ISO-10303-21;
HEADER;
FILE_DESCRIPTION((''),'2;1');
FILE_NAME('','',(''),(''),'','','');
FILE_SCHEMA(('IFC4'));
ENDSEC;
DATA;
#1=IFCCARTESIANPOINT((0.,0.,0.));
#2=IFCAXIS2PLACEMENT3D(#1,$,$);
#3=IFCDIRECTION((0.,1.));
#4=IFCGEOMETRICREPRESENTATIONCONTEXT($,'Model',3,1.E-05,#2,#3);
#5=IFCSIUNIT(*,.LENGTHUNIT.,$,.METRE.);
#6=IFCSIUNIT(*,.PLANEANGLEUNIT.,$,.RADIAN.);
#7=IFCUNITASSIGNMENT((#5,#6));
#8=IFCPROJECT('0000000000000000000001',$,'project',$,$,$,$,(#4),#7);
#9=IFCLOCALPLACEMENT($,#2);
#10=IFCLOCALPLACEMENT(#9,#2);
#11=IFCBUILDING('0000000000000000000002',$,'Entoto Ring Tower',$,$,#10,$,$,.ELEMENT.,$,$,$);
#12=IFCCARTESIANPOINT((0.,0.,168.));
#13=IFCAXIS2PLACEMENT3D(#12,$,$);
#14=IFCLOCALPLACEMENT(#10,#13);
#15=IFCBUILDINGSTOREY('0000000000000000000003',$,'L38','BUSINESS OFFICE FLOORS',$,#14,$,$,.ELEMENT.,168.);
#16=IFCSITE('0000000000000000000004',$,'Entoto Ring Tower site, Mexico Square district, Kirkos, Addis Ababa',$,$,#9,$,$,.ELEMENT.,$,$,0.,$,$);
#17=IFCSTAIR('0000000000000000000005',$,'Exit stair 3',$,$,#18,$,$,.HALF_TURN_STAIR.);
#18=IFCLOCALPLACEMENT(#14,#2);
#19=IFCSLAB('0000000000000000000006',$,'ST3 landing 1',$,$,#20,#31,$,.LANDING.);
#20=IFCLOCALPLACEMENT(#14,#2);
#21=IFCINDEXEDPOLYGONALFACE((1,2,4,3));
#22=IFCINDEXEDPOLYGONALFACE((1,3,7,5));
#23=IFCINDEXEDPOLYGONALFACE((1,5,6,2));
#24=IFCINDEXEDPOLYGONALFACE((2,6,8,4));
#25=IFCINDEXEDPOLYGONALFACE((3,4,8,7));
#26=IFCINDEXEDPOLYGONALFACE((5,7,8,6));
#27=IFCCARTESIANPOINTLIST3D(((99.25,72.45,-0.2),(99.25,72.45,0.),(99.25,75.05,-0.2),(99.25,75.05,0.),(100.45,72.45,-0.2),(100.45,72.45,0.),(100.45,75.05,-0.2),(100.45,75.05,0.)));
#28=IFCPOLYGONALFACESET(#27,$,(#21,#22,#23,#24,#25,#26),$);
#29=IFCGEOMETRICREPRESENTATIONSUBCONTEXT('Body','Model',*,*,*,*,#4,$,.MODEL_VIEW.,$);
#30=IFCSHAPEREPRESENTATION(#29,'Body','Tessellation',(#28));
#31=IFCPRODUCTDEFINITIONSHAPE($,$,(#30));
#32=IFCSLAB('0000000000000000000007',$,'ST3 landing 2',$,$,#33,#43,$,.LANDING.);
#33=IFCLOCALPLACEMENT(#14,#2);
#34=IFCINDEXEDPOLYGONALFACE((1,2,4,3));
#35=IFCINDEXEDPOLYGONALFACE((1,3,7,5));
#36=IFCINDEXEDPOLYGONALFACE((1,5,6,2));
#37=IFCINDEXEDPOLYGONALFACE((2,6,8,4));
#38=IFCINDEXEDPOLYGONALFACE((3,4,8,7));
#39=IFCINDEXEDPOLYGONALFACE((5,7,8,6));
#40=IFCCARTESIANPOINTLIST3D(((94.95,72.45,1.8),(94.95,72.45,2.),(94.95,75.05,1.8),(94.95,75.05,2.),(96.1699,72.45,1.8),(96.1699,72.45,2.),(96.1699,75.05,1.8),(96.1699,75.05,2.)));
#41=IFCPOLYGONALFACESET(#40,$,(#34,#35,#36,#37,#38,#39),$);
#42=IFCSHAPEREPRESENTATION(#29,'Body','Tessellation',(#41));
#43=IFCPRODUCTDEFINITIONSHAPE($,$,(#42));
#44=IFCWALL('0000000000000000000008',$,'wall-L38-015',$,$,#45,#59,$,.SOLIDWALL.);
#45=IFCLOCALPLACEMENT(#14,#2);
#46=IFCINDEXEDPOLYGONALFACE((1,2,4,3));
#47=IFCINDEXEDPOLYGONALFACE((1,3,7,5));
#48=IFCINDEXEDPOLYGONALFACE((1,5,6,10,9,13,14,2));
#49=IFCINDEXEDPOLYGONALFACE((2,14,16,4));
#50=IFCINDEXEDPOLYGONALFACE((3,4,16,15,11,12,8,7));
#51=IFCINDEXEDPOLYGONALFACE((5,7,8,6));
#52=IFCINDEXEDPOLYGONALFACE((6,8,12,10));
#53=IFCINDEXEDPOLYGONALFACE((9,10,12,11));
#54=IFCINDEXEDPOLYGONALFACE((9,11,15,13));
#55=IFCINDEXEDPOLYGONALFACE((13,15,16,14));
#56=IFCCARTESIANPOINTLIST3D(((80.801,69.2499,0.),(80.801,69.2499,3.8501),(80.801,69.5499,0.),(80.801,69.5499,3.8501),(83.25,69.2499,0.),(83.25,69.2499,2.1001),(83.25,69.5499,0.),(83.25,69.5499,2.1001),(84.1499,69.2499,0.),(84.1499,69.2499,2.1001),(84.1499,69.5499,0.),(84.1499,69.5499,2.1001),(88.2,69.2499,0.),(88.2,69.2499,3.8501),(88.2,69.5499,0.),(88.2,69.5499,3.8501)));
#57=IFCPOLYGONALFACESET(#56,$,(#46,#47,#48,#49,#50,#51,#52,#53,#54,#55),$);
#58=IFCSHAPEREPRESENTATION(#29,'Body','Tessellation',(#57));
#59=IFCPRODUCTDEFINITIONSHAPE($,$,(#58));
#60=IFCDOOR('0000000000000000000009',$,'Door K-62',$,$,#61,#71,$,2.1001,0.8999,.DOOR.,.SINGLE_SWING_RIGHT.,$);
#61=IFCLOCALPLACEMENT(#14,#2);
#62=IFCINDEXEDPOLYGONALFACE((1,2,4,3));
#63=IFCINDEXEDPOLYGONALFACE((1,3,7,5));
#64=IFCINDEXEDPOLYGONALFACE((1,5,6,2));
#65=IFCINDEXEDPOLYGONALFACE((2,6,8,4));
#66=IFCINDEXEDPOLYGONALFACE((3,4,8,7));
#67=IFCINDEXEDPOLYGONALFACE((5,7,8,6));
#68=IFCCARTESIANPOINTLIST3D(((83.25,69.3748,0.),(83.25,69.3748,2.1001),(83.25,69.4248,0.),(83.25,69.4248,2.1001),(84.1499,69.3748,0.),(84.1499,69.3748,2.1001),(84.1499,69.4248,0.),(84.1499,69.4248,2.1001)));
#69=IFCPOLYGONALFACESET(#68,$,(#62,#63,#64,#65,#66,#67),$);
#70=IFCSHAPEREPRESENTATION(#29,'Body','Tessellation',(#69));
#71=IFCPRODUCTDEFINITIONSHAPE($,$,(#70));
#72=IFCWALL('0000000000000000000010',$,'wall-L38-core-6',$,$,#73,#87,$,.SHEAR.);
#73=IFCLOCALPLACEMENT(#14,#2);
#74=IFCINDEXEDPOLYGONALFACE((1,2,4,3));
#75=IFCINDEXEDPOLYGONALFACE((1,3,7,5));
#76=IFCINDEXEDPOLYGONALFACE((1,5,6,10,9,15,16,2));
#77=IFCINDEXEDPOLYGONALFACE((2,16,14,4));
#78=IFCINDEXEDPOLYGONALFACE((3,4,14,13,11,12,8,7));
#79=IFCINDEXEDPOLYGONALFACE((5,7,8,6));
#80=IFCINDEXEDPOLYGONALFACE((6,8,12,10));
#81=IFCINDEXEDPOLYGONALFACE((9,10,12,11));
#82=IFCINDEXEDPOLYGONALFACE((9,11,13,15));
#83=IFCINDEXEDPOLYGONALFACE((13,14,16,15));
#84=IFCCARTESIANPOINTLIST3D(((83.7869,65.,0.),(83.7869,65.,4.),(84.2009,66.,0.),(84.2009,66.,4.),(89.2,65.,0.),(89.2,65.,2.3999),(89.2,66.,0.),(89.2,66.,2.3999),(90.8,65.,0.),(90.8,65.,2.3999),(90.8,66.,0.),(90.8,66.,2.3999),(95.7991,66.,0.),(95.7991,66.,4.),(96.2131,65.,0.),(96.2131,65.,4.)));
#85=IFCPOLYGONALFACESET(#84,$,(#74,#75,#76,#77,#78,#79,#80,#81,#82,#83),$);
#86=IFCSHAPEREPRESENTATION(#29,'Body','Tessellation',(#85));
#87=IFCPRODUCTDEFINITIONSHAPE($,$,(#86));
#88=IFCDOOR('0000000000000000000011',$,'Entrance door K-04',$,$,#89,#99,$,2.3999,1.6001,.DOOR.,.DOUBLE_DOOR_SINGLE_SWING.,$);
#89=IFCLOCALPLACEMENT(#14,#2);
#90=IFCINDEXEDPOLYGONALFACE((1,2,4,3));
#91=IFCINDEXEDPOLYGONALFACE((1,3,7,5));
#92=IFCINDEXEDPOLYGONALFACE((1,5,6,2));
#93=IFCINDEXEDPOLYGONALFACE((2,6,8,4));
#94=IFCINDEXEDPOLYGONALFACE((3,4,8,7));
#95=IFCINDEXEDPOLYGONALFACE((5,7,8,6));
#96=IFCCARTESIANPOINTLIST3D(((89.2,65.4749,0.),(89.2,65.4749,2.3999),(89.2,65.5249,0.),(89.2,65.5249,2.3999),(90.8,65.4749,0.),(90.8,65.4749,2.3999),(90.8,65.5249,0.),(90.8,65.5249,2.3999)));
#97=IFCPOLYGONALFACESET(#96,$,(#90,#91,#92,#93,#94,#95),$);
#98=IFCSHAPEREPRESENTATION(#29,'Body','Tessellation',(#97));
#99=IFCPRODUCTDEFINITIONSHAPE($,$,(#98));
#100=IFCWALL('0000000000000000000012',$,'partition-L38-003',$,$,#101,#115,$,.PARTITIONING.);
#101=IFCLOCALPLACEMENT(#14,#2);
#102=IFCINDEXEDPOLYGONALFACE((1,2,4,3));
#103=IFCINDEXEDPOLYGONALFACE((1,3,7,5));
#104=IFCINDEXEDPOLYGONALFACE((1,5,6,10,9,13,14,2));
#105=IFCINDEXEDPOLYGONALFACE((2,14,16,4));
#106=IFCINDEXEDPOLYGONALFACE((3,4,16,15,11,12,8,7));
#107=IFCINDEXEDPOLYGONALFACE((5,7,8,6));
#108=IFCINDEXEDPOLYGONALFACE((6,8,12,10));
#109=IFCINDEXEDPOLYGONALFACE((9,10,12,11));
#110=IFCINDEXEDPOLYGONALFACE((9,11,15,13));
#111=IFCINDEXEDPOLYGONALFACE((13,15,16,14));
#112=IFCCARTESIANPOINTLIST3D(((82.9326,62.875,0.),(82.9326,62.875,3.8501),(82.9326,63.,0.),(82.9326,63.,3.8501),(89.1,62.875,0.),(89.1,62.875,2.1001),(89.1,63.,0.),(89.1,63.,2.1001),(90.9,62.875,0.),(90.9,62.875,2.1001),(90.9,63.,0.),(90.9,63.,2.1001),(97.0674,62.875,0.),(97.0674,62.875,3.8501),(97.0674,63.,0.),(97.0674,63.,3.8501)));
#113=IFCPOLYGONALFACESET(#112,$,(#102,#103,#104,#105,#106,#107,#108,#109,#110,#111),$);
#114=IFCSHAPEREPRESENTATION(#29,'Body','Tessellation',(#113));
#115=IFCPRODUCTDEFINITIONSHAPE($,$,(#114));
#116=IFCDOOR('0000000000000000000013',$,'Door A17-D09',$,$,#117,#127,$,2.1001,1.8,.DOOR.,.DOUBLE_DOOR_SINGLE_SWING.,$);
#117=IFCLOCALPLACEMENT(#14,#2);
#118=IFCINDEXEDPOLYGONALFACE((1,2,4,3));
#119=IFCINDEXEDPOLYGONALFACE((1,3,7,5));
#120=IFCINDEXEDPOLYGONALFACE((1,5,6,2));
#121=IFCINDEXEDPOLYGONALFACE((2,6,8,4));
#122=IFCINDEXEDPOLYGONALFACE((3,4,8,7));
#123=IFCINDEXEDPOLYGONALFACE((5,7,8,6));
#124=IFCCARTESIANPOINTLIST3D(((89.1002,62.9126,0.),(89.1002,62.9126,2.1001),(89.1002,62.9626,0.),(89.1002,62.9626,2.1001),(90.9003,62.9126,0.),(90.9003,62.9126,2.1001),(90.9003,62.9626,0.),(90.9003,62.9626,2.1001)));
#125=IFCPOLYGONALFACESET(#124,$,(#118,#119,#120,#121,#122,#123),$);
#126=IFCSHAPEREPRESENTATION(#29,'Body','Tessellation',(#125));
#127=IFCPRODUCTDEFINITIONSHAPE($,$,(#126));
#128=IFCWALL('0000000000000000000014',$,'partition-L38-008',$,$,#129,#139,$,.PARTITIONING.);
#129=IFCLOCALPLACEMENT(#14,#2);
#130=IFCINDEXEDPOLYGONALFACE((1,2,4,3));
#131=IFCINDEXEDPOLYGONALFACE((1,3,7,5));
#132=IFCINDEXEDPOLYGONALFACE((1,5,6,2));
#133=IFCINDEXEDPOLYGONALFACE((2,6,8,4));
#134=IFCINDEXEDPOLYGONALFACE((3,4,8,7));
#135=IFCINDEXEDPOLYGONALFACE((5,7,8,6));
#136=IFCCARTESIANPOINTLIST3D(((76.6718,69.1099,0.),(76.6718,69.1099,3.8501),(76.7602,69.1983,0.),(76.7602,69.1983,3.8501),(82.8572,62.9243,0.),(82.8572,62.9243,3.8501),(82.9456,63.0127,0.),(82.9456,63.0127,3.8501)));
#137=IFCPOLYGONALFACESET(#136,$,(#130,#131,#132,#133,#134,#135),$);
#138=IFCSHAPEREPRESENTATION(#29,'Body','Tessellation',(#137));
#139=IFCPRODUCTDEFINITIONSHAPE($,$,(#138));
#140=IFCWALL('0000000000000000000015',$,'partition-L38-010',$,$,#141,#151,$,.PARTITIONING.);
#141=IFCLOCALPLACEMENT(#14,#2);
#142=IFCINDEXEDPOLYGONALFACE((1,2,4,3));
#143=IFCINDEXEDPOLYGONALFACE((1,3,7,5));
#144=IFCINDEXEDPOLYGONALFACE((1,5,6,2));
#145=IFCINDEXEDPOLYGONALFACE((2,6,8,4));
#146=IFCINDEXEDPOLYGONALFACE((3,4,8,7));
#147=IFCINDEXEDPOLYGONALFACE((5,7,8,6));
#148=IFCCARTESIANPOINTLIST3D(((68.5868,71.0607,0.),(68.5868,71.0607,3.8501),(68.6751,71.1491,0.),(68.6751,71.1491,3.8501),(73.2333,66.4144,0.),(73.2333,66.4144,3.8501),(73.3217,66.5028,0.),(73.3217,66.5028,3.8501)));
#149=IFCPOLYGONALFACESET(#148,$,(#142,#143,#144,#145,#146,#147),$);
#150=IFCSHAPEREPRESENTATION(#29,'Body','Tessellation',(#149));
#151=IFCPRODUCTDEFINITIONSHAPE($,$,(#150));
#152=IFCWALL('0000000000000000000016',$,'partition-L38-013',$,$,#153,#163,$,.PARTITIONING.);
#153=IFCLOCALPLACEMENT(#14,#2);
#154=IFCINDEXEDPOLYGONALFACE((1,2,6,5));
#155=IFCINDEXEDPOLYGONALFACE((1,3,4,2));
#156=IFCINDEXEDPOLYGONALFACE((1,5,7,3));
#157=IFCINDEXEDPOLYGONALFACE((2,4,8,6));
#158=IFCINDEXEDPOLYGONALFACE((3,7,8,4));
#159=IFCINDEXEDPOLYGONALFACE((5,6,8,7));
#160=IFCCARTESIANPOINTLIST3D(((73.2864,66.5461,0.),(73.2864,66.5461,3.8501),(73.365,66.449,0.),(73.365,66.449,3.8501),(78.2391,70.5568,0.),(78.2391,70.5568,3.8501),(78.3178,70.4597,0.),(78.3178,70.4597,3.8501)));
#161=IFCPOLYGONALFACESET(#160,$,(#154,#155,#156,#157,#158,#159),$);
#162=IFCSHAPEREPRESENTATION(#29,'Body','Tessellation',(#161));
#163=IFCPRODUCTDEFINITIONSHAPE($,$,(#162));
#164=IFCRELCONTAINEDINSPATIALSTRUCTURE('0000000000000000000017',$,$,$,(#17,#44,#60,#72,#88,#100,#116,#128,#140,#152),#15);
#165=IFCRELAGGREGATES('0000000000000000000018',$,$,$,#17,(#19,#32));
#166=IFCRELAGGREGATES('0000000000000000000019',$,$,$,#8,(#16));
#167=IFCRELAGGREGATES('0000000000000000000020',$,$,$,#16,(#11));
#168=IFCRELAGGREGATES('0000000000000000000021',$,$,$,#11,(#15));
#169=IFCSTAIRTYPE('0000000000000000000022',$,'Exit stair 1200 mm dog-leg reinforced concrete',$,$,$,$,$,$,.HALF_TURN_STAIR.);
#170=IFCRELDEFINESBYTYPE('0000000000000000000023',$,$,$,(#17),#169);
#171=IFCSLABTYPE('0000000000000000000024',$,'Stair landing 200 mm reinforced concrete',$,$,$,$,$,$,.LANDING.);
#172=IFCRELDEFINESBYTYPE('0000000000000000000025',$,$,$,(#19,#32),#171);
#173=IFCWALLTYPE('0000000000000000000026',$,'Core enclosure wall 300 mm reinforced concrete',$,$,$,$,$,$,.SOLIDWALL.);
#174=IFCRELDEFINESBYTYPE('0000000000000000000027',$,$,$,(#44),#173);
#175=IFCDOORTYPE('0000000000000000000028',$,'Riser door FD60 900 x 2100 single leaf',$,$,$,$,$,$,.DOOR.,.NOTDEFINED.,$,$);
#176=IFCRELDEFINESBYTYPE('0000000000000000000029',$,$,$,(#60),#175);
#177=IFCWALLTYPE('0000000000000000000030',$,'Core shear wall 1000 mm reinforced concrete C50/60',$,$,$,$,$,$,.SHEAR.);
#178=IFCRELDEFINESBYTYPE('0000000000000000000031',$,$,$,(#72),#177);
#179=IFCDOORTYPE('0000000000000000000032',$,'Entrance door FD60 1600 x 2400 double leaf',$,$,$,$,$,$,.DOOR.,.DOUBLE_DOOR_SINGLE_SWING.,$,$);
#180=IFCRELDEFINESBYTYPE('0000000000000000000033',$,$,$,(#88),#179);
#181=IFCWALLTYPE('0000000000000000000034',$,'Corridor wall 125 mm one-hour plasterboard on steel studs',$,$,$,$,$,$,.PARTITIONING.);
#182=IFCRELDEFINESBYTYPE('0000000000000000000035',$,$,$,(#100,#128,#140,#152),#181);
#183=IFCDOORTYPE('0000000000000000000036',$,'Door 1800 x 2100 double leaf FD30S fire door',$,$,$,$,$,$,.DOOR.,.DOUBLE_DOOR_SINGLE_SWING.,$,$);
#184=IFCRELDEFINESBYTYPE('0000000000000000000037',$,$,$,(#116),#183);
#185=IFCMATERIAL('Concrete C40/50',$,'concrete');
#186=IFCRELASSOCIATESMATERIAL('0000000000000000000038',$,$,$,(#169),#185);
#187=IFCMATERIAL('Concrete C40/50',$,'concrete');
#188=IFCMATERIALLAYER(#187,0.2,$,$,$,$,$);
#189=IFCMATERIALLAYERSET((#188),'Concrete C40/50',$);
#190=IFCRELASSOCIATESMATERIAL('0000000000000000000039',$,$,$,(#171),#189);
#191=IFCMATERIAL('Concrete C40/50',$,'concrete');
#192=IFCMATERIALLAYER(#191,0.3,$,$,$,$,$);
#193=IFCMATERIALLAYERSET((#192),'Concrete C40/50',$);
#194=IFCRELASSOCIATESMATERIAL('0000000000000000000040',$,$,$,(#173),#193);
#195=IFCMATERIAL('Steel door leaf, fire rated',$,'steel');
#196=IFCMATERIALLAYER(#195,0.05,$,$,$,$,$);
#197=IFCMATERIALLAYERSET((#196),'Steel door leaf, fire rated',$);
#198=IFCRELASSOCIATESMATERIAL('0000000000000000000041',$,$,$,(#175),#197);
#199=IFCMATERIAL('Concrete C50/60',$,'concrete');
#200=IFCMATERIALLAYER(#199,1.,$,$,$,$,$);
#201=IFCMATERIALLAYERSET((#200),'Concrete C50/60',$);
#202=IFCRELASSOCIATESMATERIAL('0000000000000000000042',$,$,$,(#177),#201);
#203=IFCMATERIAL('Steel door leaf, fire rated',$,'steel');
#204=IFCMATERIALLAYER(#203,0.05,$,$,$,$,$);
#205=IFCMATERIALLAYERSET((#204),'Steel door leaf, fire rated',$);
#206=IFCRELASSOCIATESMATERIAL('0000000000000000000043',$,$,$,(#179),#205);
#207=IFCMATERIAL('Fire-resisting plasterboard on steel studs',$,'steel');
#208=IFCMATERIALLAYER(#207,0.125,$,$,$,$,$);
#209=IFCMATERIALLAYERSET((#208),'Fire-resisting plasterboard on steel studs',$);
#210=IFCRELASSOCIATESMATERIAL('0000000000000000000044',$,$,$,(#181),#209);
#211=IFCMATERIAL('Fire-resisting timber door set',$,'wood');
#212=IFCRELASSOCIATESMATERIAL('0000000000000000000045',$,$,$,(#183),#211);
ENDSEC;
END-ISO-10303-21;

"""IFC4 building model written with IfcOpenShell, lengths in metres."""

from ifc_helpers import new_model, si_unit, direction, frame, frame_2d, origin, place, context, subcontext, project, spatial, polyline, rectangle, outline, extrude, material, layer, layer_set, type_object, element, fill, aggregate, save


model = new_model("IFC4")

# Units and contexts
model_context = context("Model", 3, precision=1e-05, world=origin(), true_north=direction((0.0, 1.0)))
body_context = subcontext(model_context, "Body", "Model", "MODEL_VIEW")
ifc_project = project(units=[si_unit("LENGTHUNIT", "METRE"), si_unit("PLANEANGLEUNIT", "RADIAN")], contexts=[model_context])

# Site, building, storey
site_placement = place(None, origin())
site = spatial("IfcSite", under=ifc_project, at=site_placement, Name="Entoto Ring Tower site, Mexico Square district, Kirkos, Addis Ababa", CompositionType="ELEMENT", RefElevation=0.0)
building_placement = place(site_placement, origin())
building = spatial("IfcBuilding", under=site, at=building_placement, Name="Entoto Ring Tower", CompositionType="ELEMENT")
storey_placement = place(building_placement, frame((0.0, 0.0, 168.0)))
storey = spatial("IfcBuildingStorey", under=building, at=storey_placement, Name="L38", Description="BUSINESS OFFICE FLOORS", CompositionType="ELEMENT", Elevation=168.0)

# Stair, slabs
ifc_material_1 = material(Name="Concrete C40/50", Category="concrete")
stair_type = type_object("IfcStairType", Name="Exit stair 1200 mm dog-leg reinforced concrete", PredefinedType="HALF_TURN_STAIR", material=ifc_material_1)
stair_placement = place(storey_placement, origin())
stair = element("IfcStair", 1, at=stair_placement, inside=storey, type_object=stair_type, Name="Exit stair 3", PredefinedType="HALF_TURN_STAIR")
ifc_material_2 = material(Name="Concrete C40/50", Category="concrete")
ifc_layer_1 = layer(ifc_material_2, 0.2)
ifc_layer_set_1 = layer_set([ifc_layer_1], Name="Concrete C40/50")
slab_type_1 = type_object("IfcSlabType", Name="Stair landing 200 mm reinforced concrete", PredefinedType="LANDING", material=ifc_layer_set_1)
slab_1_placement = place(storey_placement, frame((0.0, 0.0, -0.2)))
slab_1 = element("IfcSlab", 2, at=slab_1_placement, type_object=slab_type_1, Name="ST3 landing 1", PredefinedType="LANDING", context=body_context, shape_type="SweptSolid", body=[
    extrude(outline(polyline([(100.45, 72.45), (100.45, 75.05), (99.25, 75.05), (99.25, 72.45), (100.45, 72.45)])), origin(), (0.0, 0.0, 1.0), 0.2),
])
slab_2_placement = place(storey_placement, frame((0.0, 0.0, 1.8)))
slab_2 = element("IfcSlab", 3, at=slab_2_placement, type_object=slab_type_1, Name="ST3 landing 2", PredefinedType="LANDING", context=body_context, shape_type="SweptSolid", body=[
    extrude(outline(polyline([(94.95, 72.45), (96.1699, 72.45), (96.1699, 75.05), (94.95, 75.05), (94.95, 72.45)])), origin(), (0.0, 0.0, 1.0), 0.2),
])
aggregate(stair, [slab_1, slab_2])

# Walls, openings, doors
ifc_material_3 = material(Name="Concrete C40/50", Category="concrete")
ifc_layer_2 = layer(ifc_material_3, 0.3)
ifc_layer_set_2 = layer_set([ifc_layer_2], Name="Concrete C40/50")
wall_type_1 = type_object("IfcWallType", Name="Core enclosure wall 300 mm reinforced concrete", PredefinedType="SOLIDWALL", material=ifc_layer_set_2)
wall_1_placement = place(storey_placement, frame((80.801, 69.3999, 0.0), z_axis=(0.0, 0.0, 1.0), x_axis=(1.0, 0.0, 0.0)))
wall_1 = element("IfcWall", 4, at=wall_1_placement, inside=storey, type_object=wall_type_1, Name="wall-L38-015", PredefinedType="SOLIDWALL", context=body_context, shape_type="SweptSolid", body=[
    extrude(rectangle(XDim=7.3989, YDim=0.3, at=frame_2d((3.6995, 0.0))), origin(), (0.0, 0.0, 1.0), 3.8501),
])
opening_1_placement = place(wall_1_placement, frame((2.449, 0.0, 0.0)))
opening_1 = element("IfcOpeningElement", 5, at=opening_1_placement, cuts=wall_1, PredefinedType="OPENING", context=body_context, shape_type="SweptSolid", body=[
    extrude(rectangle(XDim=0.8999, YDim=2.1001, at=frame_2d((0.45, 1.05))), frame((0.0, 0.1602, 0.0), z_axis=(0.0, -1.0, 0.0), x_axis=(1.0, 0.0, 0.0)), (0.0, 0.0, 1.0), 0.3201),
])
ifc_material_4 = material(Name="Steel door leaf, fire rated", Category="steel")
ifc_layer_3 = layer(ifc_material_4, 0.05)
ifc_layer_set_3 = layer_set([ifc_layer_3], Name="Steel door leaf, fire rated")
door_type_1 = type_object("IfcDoorType", Name="Riser door FD60 900 x 2100 single leaf", OperationType="NOTDEFINED", PredefinedType="DOOR", material=ifc_layer_set_3)
door_1_placement = place(opening_1_placement, origin())
door_1 = element("IfcDoor", 6, at=door_1_placement, inside=storey, type_object=door_type_1, Name="Door K-62", OperationType="SINGLE_SWING_RIGHT", OverallHeight=2.1001, OverallWidth=0.8999, PredefinedType="DOOR", context=body_context, shape_type="SweptSolid", body=[
    extrude(rectangle(XDim=0.8999, YDim=2.1001, at=frame_2d((0.45, 1.05))), frame((0.0, 0.0249, 0.0), z_axis=(0.0, -1.0, 0.0), x_axis=(1.0, 0.0, 0.0)), (0.0, 0.0, 1.0), 0.05),
])
fill(opening_1, door_1)
ifc_material_5 = material(Name="Concrete C50/60", Category="concrete")
ifc_layer_4 = layer(ifc_material_5, 1.0)
ifc_layer_set_4 = layer_set([ifc_layer_4], Name="Concrete C50/60")
wall_type_2 = type_object("IfcWallType", Name="Core shear wall 1000 mm reinforced concrete C50/60", PredefinedType="SHEAR", material=ifc_layer_set_4)
wall_2_placement = place(storey_placement, frame((83.9939, 65.5, 0.0), z_axis=(0.0, 0.0, 1.0), x_axis=(1.0, 0.0, 0.0)))
wall_2 = element("IfcWall", 7, at=wall_2_placement, inside=storey, type_object=wall_type_2, Name="wall-L38-core-6", PredefinedType="SHEAR", context=body_context, shape_type="SweptSolid", body=[
    extrude(outline(polyline([(-0.207, -0.5), (12.2192, -0.5), (11.8052, 0.5), (0.207, 0.5), (-0.207, -0.5)])), origin(), (0.0, 0.0, 1.0), 4.0),
])
opening_2_placement = place(wall_2_placement, frame((5.2061, 0.0, 0.0)))
opening_2 = element("IfcOpeningElement", 8, at=opening_2_placement, cuts=wall_2, PredefinedType="OPENING", context=body_context, shape_type="SweptSolid", body=[
    extrude(rectangle(XDim=1.6001, YDim=2.3999, at=frame_2d((0.8, 1.2))), frame((0.0, 0.51, 0.0), z_axis=(0.0, -1.0, 0.0), x_axis=(1.0, 0.0, 0.0)), (0.0, 0.0, 1.0), 1.02),
])
ifc_material_6 = material(Name="Steel door leaf, fire rated", Category="steel")
ifc_layer_5 = layer(ifc_material_6, 0.05)
ifc_layer_set_5 = layer_set([ifc_layer_5], Name="Steel door leaf, fire rated")
door_type_2 = type_object("IfcDoorType", Name="Entrance door FD60 1600 x 2400 double leaf", OperationType="DOUBLE_DOOR_SINGLE_SWING", PredefinedType="DOOR", material=ifc_layer_set_5)
door_2_placement = place(opening_2_placement, origin())
door_2 = element("IfcDoor", 9, at=door_2_placement, inside=storey, type_object=door_type_2, Name="Entrance door K-04", OperationType="DOUBLE_DOOR_SINGLE_SWING", OverallHeight=2.3999, OverallWidth=1.6001, PredefinedType="DOOR", context=body_context, shape_type="SweptSolid", body=[
    extrude(rectangle(XDim=1.6001, YDim=2.3999, at=frame_2d((0.8, 1.2))), frame((0.0, 0.0249, 0.0), z_axis=(0.0, -1.0, 0.0), x_axis=(1.0, 0.0, 0.0)), (0.0, 0.0, 1.0), 0.05),
])
fill(opening_2, door_2)
ifc_material_7 = material(Name="Fire-resisting plasterboard on steel studs", Category="steel")
ifc_layer_6 = layer(ifc_material_7, 0.125)
ifc_layer_set_6 = layer_set([ifc_layer_6], Name="Fire-resisting plasterboard on steel studs")
wall_type_3 = type_object("IfcWallType", Name="Corridor wall 125 mm one-hour plasterboard on steel studs", PredefinedType="PARTITIONING", material=ifc_layer_set_6)
wall_3_placement = place(storey_placement, frame((82.9326, 62.9375, 0.0), z_axis=(0.0, 0.0, 1.0), x_axis=(1.0, 0.0, 0.0)))
wall_3 = element("IfcWall", 10, at=wall_3_placement, inside=storey, type_object=wall_type_3, Name="partition-L38-003", PredefinedType="PARTITIONING", context=body_context, shape_type="SweptSolid", body=[
    extrude(rectangle(XDim=14.1348, YDim=0.125, at=frame_2d((7.0674, 0.0))), origin(), (0.0, 0.0, 1.0), 3.8501),
])
opening_3_placement = place(wall_3_placement, frame((6.1675, 0.0, 0.0)))
opening_3 = element("IfcOpeningElement", 11, at=opening_3_placement, cuts=wall_3, PredefinedType="OPENING", context=body_context, shape_type="SweptSolid", body=[
    extrude(rectangle(XDim=1.8, YDim=2.1001, at=frame_2d((0.8999, 1.05))), frame((0.0, 0.0725, 0.0), z_axis=(0.0, -1.0, 0.0), x_axis=(1.0, 0.0, 0.0)), (0.0, 0.0, 1.0), 0.145),
])
ifc_material_8 = material(Name="Fire-resisting timber door set", Category="wood")
door_type_3 = type_object("IfcDoorType", Name="Door 1800 x 2100 double leaf FD30S fire door", OperationType="DOUBLE_DOOR_SINGLE_SWING", PredefinedType="DOOR", material=ifc_material_8)
door_3_placement = place(opening_3_placement, frame((1.8, 0.0, 0.0), z_axis=(0.0, 0.0, 1.0), x_axis=(-1.0, 0.0, 0.0)))
door_3 = element("IfcDoor", 12, at=door_3_placement, inside=storey, type_object=door_type_3, Name="Door A17-D09", OperationType="DOUBLE_DOOR_SINGLE_SWING", OverallHeight=2.1001, OverallWidth=1.8, PredefinedType="DOOR", context=body_context, shape_type="SweptSolid", body=[
    extrude(rectangle(XDim=1.8, YDim=2.1001, at=frame_2d((0.8999, 1.05))), frame((0.0, 0.0249, 0.0), z_axis=(0.0, -1.0, 0.0), x_axis=(1.0, 0.0, 0.0)), (0.0, 0.0, 1.0), 0.05),
])
fill(opening_3, door_3)

# Walls
wall_4_placement = place(storey_placement, frame((82.9014, 62.9685, 0.0), z_axis=(0.0, 0.0, 1.0), x_axis=(-0.707093, 0.707121, 0.0)))
element("IfcWall", 13, at=wall_4_placement, inside=storey, type_object=wall_type_3, Name="partition-L38-008", PredefinedType="PARTITIONING", context=body_context, shape_type="SweptSolid", body=[
    extrude(rectangle(XDim=8.7476, YDim=0.125, at=frame_2d((4.3738, 0.0))), origin(), (0.0, 0.0, 1.0), 3.8501),
])
wall_5_placement = place(storey_placement, frame((73.2776, 66.4585, 0.0), z_axis=(0.0, 0.0, 1.0), x_axis=(-0.707125, 0.707088, 0.0)))
element("IfcWall", 14, at=wall_5_placement, inside=storey, type_object=wall_type_3, Name="partition-L38-010", PredefinedType="PARTITIONING", context=body_context, shape_type="SweptSolid", body=[
    extrude(rectangle(XDim=6.571, YDim=0.125, at=frame_2d((3.2856, 0.0))), origin(), (0.0, 0.0, 1.0), 3.8501),
])
wall_6_placement = place(storey_placement, frame((73.3257, 66.4976, 0.0), z_axis=(0.0, 0.0, 1.0), x_axis=(0.777148, 0.629318, 0.0)))
element("IfcWall", 15, at=wall_6_placement, inside=storey, type_object=wall_type_3, Name="partition-L38-013", PredefinedType="PARTITIONING", context=body_context, shape_type="SweptSolid", body=[
    extrude(rectangle(XDim=6.373, YDim=0.125, at=frame_2d((3.1865, 0.0))), origin(), (0.0, 0.0, 1.0), 3.8501),
])

save(model, "model.ifc")
